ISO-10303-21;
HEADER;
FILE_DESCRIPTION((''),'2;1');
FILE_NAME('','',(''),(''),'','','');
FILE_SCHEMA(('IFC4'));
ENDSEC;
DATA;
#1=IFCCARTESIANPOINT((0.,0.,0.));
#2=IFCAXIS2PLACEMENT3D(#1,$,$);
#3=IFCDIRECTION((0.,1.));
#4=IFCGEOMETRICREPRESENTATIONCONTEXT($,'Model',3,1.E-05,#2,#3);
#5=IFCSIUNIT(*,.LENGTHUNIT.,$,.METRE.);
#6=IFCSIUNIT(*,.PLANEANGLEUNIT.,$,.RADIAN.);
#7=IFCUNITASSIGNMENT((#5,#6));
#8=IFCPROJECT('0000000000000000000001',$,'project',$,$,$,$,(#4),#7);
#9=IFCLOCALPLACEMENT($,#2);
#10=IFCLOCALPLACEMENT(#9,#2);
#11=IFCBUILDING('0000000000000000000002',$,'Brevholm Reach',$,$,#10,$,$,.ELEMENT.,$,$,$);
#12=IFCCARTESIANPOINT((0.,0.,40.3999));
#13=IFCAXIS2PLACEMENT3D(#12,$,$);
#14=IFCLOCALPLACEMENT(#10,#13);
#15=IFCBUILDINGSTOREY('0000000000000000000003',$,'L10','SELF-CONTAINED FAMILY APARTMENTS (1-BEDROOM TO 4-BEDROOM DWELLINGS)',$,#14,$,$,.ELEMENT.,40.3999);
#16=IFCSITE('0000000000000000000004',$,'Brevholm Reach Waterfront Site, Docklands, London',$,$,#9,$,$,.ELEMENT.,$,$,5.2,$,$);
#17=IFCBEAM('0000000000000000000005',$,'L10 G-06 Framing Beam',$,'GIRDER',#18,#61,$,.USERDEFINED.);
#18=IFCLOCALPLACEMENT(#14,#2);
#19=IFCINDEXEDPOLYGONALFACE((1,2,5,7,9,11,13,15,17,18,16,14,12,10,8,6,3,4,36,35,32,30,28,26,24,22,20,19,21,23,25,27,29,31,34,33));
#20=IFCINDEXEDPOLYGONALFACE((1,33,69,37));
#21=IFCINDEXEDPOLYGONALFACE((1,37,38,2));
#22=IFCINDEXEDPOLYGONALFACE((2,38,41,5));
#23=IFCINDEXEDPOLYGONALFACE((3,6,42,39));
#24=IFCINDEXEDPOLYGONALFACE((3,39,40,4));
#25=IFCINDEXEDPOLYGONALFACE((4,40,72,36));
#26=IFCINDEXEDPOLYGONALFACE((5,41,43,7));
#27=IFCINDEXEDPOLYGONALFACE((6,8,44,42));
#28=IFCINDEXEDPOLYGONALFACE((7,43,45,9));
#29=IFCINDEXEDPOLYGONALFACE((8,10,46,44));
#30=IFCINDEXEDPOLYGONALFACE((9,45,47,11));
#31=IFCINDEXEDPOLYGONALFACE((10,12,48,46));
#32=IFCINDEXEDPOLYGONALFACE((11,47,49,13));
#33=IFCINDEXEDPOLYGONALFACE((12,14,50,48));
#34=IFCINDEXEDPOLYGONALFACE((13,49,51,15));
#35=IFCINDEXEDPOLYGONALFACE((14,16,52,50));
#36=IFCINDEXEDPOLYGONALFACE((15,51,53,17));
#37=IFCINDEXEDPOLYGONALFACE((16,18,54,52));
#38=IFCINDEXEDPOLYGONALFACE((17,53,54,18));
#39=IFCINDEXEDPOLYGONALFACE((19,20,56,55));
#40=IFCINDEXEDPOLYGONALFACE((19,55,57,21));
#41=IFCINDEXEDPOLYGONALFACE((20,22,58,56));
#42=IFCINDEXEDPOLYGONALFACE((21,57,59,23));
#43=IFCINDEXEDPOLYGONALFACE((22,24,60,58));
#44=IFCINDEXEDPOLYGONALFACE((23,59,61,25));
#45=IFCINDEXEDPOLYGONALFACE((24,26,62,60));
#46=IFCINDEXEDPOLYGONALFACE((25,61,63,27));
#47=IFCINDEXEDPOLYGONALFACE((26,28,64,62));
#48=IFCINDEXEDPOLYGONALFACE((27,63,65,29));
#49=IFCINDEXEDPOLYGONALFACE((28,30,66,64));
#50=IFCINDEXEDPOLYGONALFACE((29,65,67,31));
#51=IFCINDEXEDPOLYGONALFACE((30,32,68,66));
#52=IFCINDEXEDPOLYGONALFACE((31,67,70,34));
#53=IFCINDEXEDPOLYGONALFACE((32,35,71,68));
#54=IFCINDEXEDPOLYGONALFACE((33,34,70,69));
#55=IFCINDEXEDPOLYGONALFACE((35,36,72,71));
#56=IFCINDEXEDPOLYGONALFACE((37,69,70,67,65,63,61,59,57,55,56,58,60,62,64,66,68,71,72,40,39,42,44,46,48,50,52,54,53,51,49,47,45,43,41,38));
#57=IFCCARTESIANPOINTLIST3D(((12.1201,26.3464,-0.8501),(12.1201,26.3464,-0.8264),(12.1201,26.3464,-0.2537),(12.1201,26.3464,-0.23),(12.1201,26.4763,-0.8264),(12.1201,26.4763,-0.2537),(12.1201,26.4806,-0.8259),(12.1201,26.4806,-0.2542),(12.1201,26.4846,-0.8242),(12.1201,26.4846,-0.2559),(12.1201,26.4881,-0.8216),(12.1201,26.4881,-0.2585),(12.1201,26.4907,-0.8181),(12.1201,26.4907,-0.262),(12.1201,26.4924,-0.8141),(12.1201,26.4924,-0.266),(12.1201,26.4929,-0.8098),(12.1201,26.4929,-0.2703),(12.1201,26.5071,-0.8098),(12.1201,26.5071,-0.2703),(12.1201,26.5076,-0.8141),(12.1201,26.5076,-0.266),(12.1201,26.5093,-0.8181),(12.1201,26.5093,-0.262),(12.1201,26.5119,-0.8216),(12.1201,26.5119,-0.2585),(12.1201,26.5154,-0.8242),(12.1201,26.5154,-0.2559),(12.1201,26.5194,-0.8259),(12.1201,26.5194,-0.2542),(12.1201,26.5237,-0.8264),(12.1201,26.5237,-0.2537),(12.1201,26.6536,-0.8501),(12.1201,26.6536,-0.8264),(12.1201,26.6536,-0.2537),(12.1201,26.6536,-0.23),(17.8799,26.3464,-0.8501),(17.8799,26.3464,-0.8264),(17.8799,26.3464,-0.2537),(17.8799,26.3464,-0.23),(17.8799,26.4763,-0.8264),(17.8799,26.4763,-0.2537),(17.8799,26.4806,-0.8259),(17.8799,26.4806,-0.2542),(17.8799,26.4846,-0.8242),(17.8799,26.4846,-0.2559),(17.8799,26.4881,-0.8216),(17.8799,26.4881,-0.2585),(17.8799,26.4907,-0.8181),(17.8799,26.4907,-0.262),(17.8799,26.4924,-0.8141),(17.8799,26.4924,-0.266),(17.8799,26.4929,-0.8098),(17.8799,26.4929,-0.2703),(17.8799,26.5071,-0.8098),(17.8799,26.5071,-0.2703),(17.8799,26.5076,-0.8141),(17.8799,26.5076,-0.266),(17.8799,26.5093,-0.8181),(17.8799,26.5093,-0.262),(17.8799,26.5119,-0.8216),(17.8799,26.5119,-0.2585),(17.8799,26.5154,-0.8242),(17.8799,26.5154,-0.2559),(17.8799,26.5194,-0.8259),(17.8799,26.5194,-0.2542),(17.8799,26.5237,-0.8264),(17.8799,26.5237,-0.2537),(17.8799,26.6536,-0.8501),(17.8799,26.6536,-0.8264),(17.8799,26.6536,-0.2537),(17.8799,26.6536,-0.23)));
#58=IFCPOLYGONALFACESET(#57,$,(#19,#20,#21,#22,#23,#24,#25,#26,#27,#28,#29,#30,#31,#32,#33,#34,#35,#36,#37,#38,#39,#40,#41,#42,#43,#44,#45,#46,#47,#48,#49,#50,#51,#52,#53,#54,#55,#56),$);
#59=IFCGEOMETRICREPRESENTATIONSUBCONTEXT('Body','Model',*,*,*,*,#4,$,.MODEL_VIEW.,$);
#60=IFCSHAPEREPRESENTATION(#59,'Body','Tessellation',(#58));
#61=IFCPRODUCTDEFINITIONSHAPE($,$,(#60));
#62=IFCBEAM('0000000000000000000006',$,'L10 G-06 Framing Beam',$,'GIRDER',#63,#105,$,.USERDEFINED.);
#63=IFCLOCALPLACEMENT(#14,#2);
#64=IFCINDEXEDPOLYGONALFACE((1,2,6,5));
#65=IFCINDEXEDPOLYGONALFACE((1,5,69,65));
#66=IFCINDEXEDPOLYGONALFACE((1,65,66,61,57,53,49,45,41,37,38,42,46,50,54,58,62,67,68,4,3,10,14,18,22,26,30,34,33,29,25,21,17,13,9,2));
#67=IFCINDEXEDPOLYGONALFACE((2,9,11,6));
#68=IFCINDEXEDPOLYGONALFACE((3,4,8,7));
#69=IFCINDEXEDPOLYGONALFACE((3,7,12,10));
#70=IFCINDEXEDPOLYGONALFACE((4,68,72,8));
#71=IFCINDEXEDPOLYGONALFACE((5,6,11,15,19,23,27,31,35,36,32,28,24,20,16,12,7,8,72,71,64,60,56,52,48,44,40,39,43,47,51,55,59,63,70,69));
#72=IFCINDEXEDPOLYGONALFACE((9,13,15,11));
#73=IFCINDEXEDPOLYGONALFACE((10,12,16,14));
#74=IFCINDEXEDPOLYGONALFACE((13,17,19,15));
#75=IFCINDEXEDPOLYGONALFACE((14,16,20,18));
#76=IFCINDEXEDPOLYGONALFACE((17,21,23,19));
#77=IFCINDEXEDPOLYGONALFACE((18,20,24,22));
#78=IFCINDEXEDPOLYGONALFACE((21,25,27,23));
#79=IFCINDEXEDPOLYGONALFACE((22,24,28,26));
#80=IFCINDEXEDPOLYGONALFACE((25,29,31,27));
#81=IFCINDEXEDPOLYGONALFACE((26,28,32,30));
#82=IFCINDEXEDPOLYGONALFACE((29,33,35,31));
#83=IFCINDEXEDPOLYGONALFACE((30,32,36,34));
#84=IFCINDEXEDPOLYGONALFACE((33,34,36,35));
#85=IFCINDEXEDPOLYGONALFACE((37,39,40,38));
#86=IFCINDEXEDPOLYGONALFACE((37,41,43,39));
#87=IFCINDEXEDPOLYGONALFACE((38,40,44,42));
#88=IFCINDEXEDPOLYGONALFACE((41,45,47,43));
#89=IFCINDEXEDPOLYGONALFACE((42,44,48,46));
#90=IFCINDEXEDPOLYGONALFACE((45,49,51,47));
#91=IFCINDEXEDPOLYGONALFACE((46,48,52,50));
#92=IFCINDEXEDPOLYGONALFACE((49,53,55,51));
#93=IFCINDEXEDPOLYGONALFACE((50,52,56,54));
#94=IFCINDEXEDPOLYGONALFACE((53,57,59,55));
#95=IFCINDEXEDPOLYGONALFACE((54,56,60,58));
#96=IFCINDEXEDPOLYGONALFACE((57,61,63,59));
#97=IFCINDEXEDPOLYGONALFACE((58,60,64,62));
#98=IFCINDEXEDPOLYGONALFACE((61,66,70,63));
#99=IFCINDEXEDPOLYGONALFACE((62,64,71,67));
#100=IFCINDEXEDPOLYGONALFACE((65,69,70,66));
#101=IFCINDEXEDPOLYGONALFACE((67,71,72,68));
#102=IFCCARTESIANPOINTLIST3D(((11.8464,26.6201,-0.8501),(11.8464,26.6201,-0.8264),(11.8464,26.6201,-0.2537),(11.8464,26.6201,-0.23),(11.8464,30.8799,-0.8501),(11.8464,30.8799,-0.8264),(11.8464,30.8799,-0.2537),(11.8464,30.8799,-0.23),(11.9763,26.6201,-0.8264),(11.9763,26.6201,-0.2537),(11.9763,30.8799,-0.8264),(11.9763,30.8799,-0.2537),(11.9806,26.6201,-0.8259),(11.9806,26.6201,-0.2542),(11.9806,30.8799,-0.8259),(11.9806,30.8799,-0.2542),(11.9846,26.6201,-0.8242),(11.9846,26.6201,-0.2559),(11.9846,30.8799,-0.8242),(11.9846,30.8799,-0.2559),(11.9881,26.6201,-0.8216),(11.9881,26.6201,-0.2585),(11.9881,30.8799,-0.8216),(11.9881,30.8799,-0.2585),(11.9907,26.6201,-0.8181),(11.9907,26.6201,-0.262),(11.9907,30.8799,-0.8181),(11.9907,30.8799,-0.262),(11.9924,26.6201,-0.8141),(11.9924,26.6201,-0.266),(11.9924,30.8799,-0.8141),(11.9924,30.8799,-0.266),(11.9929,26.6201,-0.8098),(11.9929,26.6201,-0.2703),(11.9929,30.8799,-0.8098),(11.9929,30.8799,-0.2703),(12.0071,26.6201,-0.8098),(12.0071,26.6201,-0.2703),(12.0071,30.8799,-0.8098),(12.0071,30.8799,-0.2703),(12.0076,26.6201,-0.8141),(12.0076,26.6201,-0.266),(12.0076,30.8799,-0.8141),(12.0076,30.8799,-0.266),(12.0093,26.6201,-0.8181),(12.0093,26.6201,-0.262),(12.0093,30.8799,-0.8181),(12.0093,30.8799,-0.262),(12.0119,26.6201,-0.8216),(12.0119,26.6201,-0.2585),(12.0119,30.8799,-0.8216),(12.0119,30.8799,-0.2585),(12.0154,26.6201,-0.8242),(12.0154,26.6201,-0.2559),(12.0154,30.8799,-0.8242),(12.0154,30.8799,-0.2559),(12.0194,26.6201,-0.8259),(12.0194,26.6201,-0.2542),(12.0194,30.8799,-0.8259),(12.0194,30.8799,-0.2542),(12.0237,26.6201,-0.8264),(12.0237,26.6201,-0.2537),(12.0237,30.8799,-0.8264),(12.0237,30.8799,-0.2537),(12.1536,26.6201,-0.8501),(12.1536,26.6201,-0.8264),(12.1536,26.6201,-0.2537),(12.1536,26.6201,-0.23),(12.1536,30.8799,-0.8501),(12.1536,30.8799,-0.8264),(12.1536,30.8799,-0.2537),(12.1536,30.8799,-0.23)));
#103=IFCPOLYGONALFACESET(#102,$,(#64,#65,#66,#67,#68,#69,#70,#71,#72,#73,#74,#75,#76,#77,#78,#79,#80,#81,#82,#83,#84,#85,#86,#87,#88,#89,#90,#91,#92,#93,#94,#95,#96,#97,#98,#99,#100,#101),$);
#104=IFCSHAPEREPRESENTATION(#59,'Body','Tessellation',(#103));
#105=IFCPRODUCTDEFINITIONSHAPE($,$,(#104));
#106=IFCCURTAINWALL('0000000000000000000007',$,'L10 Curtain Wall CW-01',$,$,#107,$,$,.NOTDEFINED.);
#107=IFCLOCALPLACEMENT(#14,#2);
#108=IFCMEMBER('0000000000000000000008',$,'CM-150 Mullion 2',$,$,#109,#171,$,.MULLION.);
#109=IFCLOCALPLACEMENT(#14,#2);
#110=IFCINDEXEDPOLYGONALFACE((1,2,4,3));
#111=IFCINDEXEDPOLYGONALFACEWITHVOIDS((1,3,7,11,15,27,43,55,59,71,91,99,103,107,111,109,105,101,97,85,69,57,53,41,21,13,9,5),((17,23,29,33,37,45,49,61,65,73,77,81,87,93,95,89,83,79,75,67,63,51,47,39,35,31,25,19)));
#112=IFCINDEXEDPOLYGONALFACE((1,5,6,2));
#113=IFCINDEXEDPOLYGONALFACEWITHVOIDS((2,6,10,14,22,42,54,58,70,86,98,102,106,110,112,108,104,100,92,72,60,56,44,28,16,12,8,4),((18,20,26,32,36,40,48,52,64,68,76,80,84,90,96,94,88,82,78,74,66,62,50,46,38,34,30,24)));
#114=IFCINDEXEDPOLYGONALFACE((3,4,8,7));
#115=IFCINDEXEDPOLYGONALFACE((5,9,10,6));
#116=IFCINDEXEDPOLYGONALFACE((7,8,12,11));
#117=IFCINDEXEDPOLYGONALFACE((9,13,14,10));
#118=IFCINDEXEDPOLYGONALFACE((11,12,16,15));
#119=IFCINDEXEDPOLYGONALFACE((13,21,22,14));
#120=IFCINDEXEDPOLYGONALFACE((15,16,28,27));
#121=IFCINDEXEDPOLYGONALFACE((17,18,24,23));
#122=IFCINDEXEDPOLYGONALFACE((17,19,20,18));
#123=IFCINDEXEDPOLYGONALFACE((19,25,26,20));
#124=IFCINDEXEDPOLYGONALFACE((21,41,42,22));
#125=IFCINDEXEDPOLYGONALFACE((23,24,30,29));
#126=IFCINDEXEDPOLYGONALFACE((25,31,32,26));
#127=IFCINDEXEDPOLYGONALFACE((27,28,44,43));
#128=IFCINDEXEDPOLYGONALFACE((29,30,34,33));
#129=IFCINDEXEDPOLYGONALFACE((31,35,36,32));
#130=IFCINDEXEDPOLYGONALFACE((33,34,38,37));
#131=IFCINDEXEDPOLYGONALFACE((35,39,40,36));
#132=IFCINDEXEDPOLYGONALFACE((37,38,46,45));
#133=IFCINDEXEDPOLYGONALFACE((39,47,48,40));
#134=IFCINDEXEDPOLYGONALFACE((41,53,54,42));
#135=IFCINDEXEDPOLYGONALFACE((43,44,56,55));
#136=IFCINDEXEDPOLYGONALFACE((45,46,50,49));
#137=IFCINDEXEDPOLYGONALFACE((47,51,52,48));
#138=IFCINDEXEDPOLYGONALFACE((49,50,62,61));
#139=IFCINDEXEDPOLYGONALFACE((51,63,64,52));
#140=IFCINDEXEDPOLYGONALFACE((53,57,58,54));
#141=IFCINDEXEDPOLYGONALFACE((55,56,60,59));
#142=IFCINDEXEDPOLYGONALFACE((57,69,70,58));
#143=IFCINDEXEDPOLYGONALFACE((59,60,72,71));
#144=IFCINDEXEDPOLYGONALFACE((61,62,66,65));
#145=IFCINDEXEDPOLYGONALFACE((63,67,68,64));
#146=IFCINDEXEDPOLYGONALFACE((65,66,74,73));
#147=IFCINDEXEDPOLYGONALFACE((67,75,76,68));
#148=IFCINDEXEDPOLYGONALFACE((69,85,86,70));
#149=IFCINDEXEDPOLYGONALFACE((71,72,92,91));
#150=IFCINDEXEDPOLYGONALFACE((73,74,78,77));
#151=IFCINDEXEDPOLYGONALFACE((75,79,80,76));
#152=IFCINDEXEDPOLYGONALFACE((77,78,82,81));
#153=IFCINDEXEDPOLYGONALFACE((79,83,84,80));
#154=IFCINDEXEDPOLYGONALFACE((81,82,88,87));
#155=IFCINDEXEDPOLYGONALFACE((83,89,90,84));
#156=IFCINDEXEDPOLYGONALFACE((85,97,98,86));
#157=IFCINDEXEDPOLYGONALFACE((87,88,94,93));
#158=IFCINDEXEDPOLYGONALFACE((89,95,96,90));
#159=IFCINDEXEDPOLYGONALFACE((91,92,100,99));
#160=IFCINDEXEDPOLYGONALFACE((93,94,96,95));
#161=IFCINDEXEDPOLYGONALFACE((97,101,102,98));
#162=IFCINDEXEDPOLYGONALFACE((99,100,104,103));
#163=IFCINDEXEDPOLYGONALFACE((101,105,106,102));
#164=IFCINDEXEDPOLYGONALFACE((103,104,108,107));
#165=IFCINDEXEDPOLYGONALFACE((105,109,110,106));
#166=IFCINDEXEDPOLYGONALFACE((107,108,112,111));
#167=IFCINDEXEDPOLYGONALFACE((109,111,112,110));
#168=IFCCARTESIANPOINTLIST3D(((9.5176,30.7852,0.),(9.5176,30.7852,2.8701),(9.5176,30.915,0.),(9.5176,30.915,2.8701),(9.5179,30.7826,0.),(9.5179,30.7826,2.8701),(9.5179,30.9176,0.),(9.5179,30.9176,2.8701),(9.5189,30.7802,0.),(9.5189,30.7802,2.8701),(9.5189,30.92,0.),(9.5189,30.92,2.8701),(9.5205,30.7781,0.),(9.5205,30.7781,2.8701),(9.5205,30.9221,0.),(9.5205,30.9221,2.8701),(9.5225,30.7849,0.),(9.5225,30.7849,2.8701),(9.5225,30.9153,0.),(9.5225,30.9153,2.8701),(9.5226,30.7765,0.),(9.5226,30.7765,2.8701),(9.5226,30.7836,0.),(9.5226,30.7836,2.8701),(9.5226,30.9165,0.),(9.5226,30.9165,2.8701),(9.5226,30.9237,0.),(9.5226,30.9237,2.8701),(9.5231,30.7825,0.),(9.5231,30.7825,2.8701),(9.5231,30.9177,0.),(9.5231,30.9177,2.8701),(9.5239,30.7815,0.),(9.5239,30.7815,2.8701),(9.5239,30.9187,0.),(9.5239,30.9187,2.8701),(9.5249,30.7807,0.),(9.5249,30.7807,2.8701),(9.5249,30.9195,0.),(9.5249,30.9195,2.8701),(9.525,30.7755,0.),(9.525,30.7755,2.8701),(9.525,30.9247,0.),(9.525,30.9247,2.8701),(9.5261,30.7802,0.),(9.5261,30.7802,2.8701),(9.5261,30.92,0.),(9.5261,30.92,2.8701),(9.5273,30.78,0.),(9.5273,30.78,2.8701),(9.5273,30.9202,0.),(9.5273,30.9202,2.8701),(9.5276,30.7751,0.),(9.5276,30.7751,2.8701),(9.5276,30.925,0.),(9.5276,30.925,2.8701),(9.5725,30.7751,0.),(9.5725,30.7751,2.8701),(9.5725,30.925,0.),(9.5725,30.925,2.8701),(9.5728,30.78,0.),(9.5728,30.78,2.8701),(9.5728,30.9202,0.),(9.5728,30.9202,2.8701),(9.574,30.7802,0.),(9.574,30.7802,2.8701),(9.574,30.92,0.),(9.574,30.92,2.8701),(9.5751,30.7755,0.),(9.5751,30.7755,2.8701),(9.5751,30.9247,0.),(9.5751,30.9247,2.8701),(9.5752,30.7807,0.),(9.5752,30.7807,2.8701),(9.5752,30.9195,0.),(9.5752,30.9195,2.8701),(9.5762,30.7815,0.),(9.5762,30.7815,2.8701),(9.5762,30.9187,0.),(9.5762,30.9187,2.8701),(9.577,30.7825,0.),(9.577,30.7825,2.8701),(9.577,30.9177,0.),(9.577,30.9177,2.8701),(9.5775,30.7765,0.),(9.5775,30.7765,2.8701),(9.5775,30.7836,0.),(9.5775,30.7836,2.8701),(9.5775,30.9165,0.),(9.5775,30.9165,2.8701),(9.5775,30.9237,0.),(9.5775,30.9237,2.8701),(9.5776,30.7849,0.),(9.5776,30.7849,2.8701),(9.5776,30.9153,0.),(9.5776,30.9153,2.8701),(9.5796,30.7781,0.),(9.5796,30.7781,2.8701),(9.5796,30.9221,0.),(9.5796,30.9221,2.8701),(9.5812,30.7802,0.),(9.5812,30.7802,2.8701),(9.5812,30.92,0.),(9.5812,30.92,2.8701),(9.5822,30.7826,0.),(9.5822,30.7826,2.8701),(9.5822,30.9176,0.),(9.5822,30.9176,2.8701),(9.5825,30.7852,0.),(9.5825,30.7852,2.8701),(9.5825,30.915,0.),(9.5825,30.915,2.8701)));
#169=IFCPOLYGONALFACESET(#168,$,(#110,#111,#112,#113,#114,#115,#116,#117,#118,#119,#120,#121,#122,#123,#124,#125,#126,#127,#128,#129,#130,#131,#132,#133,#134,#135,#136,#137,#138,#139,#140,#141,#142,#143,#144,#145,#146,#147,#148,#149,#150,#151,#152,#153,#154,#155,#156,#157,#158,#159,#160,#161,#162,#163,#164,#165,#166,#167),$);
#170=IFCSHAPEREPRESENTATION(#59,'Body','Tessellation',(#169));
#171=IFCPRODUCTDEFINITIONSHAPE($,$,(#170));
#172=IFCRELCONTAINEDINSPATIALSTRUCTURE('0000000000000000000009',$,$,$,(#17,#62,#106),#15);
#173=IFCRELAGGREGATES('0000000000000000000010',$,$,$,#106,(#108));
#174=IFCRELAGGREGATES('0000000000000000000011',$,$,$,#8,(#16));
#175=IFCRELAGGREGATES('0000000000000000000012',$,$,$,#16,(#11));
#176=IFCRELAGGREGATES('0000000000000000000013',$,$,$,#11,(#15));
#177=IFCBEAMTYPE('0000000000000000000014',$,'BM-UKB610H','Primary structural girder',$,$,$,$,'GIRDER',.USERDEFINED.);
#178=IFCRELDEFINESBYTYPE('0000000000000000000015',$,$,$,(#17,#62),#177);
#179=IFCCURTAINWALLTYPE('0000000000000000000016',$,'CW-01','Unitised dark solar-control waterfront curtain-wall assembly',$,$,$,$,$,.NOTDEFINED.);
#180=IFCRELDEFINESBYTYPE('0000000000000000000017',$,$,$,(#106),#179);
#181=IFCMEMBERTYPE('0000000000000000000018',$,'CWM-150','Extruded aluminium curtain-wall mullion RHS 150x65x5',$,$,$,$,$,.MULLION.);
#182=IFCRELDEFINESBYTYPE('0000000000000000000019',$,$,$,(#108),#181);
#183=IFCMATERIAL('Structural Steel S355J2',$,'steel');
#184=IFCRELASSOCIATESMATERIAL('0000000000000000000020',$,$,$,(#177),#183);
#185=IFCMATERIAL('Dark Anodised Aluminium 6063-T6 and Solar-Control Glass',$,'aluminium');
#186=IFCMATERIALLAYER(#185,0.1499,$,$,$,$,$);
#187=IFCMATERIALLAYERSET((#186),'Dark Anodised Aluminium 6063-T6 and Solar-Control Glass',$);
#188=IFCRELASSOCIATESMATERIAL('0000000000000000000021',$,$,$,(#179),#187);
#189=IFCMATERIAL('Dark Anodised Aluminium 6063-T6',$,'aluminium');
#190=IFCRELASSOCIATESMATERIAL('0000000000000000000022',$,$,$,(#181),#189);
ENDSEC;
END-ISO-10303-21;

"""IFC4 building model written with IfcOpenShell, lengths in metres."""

from ifc_helpers import new_model, si_unit, direction, frame, origin, origin_2d, place, context, subcontext, project, spatial, hollow_rectangle, i_section, extrude, material, layer, layer_set, material_profile, profile_set, type_object, element, aggregate, save


model = new_model("IFC4")

# Units and contexts
model_context = context("Model", 3, precision=1e-05, world=origin(), true_north=direction((0.0, 1.0)))
body_context = subcontext(model_context, "Body", "Model", "MODEL_VIEW")
ifc_project = project(units=[si_unit("LENGTHUNIT", "METRE"), si_unit("PLANEANGLEUNIT", "RADIAN")], contexts=[model_context])

# Site, building, storey
site_placement = place(None, origin())
site = spatial("IfcSite", under=ifc_project, at=site_placement, Name="Brevholm Reach Waterfront Site, Docklands, London", CompositionType="ELEMENT", RefElevation=5.2)
building_placement = place(site_placement, origin())
building = spatial("IfcBuilding", under=site, at=building_placement, Name="Brevholm Reach", CompositionType="ELEMENT")
storey_placement = place(building_placement, frame((0.0, 0.0, 40.3999)))
storey = spatial("IfcBuildingStorey", under=building, at=storey_placement, Name="L10", Description="SELF-CONTAINED FAMILY APARTMENTS (1-BEDROOM TO 4-BEDROOM DWELLINGS)", CompositionType="ELEMENT", Elevation=40.3999)

# Beams
ifc_material_1 = material(Name="Structural Steel S355J2", Category="steel")
ifc_material_profile_1 = material_profile(ifc_material_1, i_section(OverallWidth=0.3071, OverallDepth=0.6201, WebThickness=0.0142, FlangeThickness=0.0237, FilletRadius=0.0166, at=origin_2d()), Name="UKB 610x305x179")
ifc_profile_set_1 = profile_set([ifc_material_profile_1], Name="Structural Steel S355J2")
beam_type_1 = type_object("IfcBeamType", Name="BM-UKB610H", Description="Primary structural girder", ElementType="GIRDER", PredefinedType="USERDEFINED", material=ifc_profile_set_1)
beam_1_placement = place(storey_placement, frame((12.1201, 26.5, -0.54), z_axis=(1.0, 0.0, 0.0), x_axis=(0.0, 1.0, 0.0)))
element("IfcBeam", 1, at=beam_1_placement, inside=storey, type_object=beam_type_1, Name="L10 G-06 Framing Beam", ObjectType="GIRDER", PredefinedType="USERDEFINED", context=body_context, shape_type="SweptSolid", body=[
    extrude(i_section(OverallWidth=0.3071, OverallDepth=0.6201, WebThickness=0.0142, FlangeThickness=0.0237, FilletRadius=0.0166, at=origin_2d()), origin(), (0.0, 0.0, 1.0), 5.7598),
])
beam_2_placement = place(storey_placement, frame((12.0, 26.6201, -0.54), z_axis=(0.0, 1.0, 0.0), x_axis=(-1.0, 0.0, 0.0)))
element("IfcBeam", 2, at=beam_2_placement, inside=storey, type_object=beam_type_1, Name="L10 G-06 Framing Beam", ObjectType="GIRDER", PredefinedType="USERDEFINED", context=body_context, shape_type="SweptSolid", body=[
    extrude(i_section(OverallWidth=0.3071, OverallDepth=0.6201, WebThickness=0.0142, FlangeThickness=0.0237, FilletRadius=0.0166, at=origin_2d()), origin(), (0.0, 0.0, 1.0), 4.2598),
])

# Curtain wall, member
ifc_material_2 = material(Name="Dark Anodised Aluminium 6063-T6 and Solar-Control Glass", Category="aluminium")
ifc_layer_1 = layer(ifc_material_2, 0.1499)
ifc_layer_set_1 = layer_set([ifc_layer_1], Name="Dark Anodised Aluminium 6063-T6 and Solar-Control Glass")
curtain_wall_type = type_object("IfcCurtainWallType", Name="CW-01", Description="Unitised dark solar-control waterfront curtain-wall assembly", PredefinedType="NOTDEFINED", material=ifc_layer_set_1)
curtain_wall_placement = place(storey_placement, origin())
curtain_wall = element("IfcCurtainWall", 3, at=curtain_wall_placement, inside=storey, type_object=curtain_wall_type, Name="L10 Curtain Wall CW-01", PredefinedType="NOTDEFINED")
ifc_material_3 = material(Name="Dark Anodised Aluminium 6063-T6", Category="aluminium")
ifc_material_profile_2 = material_profile(ifc_material_3, hollow_rectangle(XDim=0.0649, YDim=0.1499, WallThickness=0.0049, InnerFilletRadius=0.0049, OuterFilletRadius=0.01, at=origin_2d()), Name="RHS 150x65x5")
ifc_profile_set_2 = profile_set([ifc_material_profile_2], Name="Dark Anodised Aluminium 6063-T6")
member_type_1 = type_object("IfcMemberType", Name="CWM-150", Description="Extruded aluminium curtain-wall mullion RHS 150x65x5", PredefinedType="MULLION", material=ifc_profile_set_2)
member_1_placement = place(storey_placement, frame((9.55, 30.8501, 0.0), z_axis=(0.0, 0.0, 1.0), x_axis=(1.0, 0.0, 0.0)))
member_1 = element("IfcMember", 4, at=member_1_placement, type_object=member_type_1, Name="CM-150 Mullion 2", PredefinedType="MULLION", context=body_context, shape_type="SweptSolid", body=[
    extrude(hollow_rectangle(XDim=0.0649, YDim=0.1499, WallThickness=0.0049, InnerFilletRadius=0.0049, OuterFilletRadius=0.01, at=origin_2d()), origin(), (0.0, 0.0, 1.0), 2.8701),
])
aggregate(curtain_wall, [member_1])

save(model, "model.ifc")
